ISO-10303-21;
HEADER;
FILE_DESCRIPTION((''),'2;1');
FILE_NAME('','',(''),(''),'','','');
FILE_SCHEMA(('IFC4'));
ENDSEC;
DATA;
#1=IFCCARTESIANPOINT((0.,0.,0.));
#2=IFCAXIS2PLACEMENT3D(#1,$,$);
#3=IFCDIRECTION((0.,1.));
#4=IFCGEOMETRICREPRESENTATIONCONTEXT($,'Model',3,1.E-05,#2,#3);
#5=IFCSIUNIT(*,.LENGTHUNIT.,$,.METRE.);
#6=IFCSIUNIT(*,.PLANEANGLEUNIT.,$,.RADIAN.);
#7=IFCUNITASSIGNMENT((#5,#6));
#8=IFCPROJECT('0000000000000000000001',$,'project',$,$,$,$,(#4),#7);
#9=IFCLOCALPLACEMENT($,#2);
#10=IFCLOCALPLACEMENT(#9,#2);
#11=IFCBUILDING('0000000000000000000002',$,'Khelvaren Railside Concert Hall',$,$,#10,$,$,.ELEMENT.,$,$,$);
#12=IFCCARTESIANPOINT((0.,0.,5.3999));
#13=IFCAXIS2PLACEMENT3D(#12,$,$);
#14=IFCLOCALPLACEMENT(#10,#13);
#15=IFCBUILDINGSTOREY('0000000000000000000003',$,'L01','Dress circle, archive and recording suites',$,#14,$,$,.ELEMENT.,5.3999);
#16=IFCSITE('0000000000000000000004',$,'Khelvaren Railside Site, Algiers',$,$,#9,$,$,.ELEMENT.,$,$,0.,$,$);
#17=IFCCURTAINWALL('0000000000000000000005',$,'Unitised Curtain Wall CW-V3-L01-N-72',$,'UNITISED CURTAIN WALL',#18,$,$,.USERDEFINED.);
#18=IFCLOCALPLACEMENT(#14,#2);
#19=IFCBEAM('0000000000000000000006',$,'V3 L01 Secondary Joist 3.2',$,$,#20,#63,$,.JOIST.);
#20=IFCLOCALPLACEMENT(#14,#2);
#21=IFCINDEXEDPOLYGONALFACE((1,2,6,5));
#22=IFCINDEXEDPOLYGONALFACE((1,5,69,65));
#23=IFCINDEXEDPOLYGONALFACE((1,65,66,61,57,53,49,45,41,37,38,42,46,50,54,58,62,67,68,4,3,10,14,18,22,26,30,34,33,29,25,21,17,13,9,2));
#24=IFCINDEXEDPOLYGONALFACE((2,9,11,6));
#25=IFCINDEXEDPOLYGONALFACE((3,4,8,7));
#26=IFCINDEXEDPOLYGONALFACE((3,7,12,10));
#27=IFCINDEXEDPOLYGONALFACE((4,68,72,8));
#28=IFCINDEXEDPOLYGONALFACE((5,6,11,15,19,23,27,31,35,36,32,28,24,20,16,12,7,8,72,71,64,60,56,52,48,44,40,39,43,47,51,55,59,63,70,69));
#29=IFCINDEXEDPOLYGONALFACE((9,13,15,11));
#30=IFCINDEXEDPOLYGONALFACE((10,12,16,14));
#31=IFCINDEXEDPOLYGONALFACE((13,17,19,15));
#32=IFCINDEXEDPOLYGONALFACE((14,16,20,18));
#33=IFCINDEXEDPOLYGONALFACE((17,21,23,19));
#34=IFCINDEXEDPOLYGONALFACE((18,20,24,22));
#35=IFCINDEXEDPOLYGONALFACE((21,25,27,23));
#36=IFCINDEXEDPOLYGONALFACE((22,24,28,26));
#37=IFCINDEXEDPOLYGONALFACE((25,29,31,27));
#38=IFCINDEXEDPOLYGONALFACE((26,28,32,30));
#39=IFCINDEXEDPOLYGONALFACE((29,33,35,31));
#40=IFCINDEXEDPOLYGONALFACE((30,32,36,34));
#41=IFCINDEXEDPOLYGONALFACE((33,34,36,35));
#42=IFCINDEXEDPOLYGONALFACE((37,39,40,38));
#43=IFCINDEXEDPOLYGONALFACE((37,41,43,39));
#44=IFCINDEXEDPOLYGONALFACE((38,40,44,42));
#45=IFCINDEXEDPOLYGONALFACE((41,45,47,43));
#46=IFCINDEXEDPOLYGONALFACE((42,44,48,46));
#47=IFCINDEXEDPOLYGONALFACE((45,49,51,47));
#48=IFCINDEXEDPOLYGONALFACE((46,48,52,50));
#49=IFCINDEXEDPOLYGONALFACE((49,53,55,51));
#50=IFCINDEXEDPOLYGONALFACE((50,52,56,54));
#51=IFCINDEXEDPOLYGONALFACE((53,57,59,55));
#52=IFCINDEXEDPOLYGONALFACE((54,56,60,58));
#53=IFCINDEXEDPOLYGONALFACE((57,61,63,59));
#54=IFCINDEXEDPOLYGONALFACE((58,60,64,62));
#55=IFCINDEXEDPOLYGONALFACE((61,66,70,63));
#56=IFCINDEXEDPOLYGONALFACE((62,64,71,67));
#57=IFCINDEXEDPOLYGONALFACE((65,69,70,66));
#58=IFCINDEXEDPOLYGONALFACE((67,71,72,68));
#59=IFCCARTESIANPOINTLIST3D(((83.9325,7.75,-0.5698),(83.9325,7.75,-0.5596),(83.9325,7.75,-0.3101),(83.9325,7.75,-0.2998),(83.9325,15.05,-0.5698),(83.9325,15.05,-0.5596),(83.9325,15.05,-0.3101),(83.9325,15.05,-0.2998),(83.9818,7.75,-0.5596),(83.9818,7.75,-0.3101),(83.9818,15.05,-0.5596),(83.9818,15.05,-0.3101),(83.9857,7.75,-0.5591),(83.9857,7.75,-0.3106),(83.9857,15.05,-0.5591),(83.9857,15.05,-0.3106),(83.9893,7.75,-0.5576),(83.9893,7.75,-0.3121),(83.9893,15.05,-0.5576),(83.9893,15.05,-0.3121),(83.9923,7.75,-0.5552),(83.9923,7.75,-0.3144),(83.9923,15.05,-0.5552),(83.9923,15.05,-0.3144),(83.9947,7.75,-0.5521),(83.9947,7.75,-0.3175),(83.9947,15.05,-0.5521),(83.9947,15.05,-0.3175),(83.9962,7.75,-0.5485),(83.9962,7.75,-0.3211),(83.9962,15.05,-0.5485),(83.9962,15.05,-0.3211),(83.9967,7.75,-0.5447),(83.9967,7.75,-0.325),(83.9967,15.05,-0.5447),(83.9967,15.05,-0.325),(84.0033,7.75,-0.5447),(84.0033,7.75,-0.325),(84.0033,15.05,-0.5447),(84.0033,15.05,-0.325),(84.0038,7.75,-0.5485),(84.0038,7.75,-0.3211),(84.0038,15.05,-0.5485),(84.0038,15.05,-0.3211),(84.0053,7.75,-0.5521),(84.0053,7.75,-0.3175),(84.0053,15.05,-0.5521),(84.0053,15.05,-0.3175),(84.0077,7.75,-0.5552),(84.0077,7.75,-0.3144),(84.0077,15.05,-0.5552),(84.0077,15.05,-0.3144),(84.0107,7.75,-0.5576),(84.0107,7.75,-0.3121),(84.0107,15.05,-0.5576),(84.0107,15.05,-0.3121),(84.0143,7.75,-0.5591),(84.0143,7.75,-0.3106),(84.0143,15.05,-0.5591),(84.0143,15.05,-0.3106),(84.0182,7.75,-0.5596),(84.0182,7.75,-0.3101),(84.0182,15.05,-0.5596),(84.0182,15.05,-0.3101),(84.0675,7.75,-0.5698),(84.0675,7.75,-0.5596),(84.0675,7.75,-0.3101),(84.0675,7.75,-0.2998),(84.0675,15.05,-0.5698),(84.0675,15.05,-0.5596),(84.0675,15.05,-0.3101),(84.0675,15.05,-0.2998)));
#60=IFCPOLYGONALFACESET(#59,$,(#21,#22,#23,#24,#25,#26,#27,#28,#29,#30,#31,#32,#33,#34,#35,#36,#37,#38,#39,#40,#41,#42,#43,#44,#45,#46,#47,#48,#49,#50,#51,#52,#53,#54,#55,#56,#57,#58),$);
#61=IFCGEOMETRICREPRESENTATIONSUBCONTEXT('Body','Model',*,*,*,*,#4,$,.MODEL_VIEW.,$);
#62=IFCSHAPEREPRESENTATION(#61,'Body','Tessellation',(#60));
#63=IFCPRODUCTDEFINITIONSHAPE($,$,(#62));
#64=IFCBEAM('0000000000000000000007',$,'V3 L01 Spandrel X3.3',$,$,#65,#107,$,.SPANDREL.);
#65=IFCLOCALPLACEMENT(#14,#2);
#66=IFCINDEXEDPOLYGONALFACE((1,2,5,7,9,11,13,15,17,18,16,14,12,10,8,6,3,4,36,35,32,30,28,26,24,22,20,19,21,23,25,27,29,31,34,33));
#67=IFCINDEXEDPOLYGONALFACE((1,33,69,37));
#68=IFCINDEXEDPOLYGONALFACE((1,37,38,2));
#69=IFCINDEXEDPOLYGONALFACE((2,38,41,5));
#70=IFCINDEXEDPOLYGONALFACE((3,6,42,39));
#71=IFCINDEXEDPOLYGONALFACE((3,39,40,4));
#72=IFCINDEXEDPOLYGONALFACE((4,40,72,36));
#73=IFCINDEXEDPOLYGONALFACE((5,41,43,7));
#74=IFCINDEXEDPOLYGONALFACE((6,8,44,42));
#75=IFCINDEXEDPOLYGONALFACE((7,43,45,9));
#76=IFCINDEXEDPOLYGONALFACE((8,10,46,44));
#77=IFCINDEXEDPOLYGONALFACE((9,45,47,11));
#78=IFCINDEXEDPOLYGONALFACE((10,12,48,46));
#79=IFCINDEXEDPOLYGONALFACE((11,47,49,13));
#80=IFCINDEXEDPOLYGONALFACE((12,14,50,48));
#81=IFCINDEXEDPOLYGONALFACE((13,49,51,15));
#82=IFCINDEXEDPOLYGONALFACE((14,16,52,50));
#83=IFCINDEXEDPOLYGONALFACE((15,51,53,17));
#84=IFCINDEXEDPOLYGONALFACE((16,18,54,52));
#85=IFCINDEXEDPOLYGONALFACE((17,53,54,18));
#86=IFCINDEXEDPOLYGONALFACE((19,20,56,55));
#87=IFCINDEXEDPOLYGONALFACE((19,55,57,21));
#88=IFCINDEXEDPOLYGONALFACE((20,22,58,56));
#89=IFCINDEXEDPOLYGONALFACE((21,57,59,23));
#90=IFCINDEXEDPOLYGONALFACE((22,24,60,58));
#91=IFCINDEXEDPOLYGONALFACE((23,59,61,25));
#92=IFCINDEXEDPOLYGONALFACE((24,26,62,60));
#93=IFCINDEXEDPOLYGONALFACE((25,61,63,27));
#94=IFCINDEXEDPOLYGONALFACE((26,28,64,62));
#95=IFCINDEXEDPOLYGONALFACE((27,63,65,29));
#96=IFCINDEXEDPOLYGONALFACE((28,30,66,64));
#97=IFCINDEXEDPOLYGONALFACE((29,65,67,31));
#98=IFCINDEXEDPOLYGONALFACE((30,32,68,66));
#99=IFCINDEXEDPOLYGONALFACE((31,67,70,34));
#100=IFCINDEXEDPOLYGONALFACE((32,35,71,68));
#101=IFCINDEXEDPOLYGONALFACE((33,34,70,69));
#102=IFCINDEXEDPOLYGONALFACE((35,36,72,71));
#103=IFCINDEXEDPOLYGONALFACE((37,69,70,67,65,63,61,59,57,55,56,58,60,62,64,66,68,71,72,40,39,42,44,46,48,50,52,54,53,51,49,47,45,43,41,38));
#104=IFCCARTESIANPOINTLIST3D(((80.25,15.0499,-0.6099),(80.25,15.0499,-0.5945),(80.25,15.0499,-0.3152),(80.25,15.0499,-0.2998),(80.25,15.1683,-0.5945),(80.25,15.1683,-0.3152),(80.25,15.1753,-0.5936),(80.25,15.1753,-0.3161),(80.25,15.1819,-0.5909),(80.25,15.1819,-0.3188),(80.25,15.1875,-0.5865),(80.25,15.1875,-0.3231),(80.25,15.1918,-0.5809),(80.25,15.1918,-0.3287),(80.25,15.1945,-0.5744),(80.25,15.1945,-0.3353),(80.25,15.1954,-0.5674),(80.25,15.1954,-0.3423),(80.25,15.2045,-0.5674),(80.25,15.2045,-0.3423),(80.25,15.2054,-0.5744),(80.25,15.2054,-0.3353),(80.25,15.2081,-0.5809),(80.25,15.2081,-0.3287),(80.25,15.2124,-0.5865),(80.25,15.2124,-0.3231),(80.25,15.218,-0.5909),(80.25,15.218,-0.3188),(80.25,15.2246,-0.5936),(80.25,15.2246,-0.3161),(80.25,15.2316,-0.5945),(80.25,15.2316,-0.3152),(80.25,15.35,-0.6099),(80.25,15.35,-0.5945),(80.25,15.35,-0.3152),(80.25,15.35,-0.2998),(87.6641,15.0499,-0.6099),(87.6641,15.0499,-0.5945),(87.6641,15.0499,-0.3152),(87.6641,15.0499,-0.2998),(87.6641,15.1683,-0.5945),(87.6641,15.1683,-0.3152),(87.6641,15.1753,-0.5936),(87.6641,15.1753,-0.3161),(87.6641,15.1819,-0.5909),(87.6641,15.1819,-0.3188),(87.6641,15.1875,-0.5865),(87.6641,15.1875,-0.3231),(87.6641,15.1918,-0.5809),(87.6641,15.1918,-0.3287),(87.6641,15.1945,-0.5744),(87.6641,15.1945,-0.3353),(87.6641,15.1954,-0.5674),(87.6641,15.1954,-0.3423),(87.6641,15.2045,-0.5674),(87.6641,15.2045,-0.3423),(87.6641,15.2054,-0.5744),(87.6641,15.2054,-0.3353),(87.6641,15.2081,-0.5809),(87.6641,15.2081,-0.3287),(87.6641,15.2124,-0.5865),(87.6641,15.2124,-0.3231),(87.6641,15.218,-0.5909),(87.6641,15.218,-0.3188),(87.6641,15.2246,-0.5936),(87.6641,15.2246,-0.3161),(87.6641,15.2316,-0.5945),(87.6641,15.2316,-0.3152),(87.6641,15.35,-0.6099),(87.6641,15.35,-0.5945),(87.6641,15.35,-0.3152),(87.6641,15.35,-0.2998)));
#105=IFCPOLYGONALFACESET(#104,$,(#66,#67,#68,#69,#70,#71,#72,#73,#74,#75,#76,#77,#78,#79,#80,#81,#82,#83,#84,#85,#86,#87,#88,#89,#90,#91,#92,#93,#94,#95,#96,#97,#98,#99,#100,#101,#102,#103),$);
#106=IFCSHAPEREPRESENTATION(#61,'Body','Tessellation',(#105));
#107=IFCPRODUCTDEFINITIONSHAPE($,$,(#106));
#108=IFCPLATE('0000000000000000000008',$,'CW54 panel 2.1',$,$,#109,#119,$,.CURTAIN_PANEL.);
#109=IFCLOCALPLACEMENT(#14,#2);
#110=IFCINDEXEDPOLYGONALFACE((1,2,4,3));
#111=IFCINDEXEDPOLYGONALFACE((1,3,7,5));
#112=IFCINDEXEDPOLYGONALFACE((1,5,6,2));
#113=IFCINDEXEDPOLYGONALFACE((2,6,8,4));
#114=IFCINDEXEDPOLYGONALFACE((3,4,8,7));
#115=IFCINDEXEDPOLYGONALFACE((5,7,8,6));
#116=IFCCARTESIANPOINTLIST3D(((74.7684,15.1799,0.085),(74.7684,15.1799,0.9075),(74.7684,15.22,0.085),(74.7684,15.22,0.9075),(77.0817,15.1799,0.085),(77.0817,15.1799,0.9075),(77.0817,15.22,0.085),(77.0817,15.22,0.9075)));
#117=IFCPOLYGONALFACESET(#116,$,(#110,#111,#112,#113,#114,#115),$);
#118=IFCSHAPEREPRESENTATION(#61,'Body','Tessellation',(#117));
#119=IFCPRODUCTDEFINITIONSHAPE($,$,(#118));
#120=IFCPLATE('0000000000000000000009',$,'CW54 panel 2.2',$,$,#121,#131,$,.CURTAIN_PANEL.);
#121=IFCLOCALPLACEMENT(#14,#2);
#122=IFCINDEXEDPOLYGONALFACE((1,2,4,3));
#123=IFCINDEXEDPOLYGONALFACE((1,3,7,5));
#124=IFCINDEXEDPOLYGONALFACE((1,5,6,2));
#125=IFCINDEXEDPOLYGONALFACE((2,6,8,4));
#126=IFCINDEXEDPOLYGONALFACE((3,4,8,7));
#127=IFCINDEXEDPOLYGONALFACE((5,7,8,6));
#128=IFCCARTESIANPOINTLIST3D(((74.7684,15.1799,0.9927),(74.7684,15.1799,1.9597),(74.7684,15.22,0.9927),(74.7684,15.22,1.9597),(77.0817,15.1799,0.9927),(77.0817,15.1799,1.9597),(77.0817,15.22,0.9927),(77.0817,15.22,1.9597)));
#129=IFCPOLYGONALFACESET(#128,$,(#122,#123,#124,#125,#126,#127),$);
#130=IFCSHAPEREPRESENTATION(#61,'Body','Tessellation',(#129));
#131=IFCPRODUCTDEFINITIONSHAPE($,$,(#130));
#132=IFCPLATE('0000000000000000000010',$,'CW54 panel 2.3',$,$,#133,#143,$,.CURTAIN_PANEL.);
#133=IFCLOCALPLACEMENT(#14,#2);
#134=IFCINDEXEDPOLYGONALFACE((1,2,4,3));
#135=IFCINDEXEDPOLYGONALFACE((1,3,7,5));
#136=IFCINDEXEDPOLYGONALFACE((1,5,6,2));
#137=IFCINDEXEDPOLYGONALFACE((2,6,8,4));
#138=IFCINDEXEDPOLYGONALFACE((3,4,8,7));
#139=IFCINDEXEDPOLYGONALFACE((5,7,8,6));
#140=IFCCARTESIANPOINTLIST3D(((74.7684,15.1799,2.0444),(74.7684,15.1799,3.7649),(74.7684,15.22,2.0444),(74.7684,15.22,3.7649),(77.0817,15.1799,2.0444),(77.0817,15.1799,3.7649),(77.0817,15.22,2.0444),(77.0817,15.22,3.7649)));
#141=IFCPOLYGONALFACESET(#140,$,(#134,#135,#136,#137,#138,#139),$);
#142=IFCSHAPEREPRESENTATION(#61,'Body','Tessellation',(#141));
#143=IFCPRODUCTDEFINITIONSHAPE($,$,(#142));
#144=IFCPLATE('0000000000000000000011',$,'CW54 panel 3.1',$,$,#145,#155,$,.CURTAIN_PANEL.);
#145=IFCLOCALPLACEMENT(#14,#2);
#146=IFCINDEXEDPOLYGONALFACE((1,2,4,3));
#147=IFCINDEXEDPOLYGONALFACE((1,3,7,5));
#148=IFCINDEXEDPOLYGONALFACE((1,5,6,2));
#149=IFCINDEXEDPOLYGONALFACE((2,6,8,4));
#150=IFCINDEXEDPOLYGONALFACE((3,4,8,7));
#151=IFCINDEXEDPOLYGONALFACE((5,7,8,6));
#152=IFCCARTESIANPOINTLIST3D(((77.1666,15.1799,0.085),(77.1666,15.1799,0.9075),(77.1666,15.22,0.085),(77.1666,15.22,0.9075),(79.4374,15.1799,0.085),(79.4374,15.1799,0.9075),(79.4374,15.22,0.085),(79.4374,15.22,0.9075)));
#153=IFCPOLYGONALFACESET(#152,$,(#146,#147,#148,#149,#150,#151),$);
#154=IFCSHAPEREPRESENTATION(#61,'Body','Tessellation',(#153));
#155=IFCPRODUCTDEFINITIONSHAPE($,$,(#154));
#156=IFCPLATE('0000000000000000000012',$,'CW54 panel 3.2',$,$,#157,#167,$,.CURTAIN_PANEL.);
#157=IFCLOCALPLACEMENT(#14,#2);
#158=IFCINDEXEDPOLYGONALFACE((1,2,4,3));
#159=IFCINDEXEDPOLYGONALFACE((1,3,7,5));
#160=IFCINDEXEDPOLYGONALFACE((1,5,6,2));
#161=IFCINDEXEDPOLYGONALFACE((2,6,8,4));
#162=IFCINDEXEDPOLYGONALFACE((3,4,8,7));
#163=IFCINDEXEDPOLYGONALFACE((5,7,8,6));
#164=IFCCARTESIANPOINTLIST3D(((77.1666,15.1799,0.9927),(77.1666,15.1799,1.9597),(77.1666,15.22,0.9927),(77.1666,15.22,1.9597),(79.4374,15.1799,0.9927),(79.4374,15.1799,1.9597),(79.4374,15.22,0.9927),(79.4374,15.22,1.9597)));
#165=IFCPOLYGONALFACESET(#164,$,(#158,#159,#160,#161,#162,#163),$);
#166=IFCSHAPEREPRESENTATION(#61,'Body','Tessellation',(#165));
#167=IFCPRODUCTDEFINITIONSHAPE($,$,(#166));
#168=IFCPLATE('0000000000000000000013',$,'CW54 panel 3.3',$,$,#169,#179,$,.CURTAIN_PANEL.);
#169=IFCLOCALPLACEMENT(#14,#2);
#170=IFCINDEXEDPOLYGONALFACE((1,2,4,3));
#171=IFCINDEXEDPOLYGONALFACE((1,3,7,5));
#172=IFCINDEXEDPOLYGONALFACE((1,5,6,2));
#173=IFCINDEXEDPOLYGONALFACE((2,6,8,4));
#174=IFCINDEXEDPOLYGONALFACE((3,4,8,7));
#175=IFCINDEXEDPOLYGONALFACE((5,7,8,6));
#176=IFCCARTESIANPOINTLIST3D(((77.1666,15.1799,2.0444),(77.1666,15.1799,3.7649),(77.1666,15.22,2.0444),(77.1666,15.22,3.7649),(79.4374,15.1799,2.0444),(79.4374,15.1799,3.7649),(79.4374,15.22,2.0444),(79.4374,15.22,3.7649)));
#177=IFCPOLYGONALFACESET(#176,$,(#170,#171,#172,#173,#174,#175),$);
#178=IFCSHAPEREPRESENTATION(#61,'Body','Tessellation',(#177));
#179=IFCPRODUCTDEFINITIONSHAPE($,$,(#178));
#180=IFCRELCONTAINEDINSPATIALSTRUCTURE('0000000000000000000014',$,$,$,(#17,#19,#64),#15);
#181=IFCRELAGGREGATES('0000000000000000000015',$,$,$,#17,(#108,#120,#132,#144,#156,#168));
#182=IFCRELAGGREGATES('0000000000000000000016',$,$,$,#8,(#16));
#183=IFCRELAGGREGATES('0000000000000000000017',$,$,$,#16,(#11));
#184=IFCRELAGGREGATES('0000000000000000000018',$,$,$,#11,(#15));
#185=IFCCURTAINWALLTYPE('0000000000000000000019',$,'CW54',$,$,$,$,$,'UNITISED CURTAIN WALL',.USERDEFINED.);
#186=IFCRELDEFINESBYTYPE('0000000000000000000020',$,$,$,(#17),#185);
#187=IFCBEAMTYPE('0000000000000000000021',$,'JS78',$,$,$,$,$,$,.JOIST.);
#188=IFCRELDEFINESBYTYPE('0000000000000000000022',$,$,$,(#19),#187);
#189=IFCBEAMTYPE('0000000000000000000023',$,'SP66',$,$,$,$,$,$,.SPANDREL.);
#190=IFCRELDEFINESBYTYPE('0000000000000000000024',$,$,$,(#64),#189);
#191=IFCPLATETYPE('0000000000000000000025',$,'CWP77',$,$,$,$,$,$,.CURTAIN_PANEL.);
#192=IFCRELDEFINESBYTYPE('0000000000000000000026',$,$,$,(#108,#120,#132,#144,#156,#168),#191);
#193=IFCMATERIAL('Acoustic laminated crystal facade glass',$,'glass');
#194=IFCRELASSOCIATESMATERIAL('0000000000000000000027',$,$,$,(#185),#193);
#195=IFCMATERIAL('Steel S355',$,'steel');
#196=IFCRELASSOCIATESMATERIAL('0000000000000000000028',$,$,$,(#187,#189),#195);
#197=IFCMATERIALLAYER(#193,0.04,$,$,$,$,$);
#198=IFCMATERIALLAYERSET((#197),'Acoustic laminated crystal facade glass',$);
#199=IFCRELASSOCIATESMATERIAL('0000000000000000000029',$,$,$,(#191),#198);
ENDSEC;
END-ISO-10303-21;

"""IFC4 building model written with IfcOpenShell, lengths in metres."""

from ifc_helpers import new_model, si_unit, direction, frame, origin, origin_2d, place, context, subcontext, project, spatial, rectangle, i_section, extrude, material, layer, layer_set, material_profile, profile_set, type_object, element, aggregate, save


model = new_model("IFC4")

# Units and contexts
model_context = context("Model", 3, precision=1e-05, world=origin(), true_north=direction((0.0, 1.0)))
body_context = subcontext(model_context, "Body", "Model", "MODEL_VIEW")
ifc_project = project(units=[si_unit("LENGTHUNIT", "METRE"), si_unit("PLANEANGLEUNIT", "RADIAN")], contexts=[model_context])

# Site, building, storey
site_placement = place(None, origin())
site = spatial("IfcSite", under=ifc_project, at=site_placement, Name="Khelvaren Railside Site, Algiers", CompositionType="ELEMENT", RefElevation=0.0)
building_placement = place(site_placement, origin())
building = spatial("IfcBuilding", under=site, at=building_placement, Name="Khelvaren Railside Concert Hall", CompositionType="ELEMENT")
storey_placement = place(building_placement, frame((0.0, 0.0, 5.3999)))
storey = spatial("IfcBuildingStorey", under=building, at=storey_placement, Name="L01", Description="Dress circle, archive and recording suites", CompositionType="ELEMENT", Elevation=5.3999)

# Shared definitions
ifc_material_1 = material(Name="Steel S355", Category="steel")

# Curtain wall
ifc_material_2 = material(Name="Acoustic laminated crystal facade glass", Category="glass")
curtain_wall_type = type_object("IfcCurtainWallType", Name="CW54", ElementType="UNITISED CURTAIN WALL", PredefinedType="USERDEFINED", material=ifc_material_2)
curtain_wall_placement = place(storey_placement, origin())
curtain_wall = element("IfcCurtainWall", 1, at=curtain_wall_placement, inside=storey, type_object=curtain_wall_type, Name="Unitised Curtain Wall CW-V3-L01-N-72", ObjectType="UNITISED CURTAIN WALL", PredefinedType="USERDEFINED")

# Beams
ifc_material_profile_1 = material_profile(ifc_material_1, i_section(OverallWidth=0.135, OverallDepth=0.27, WebThickness=0.0066, FlangeThickness=0.0103, FilletRadius=0.0149, at=origin_2d()), Name="IPE 270")
ifc_profile_set_1 = profile_set([ifc_material_profile_1], Name="Steel S355")
beam_type_1 = type_object("IfcBeamType", Name="JS78", PredefinedType="JOIST", material=ifc_profile_set_1)
beam_1_placement = place(storey_placement, frame((84.0, 7.75, -0.4348), z_axis=(0.0, 1.0, 0.0), x_axis=(-1.0, 0.0, 0.0)))
element("IfcBeam", 2, at=beam_1_placement, inside=storey, type_object=beam_type_1, Name="V3 L01 Secondary Joist 3.2", PredefinedType="JOIST", context=body_context, shape_type="SweptSolid", body=[
    extrude(i_section(OverallWidth=0.135, OverallDepth=0.27, WebThickness=0.0066, FlangeThickness=0.0103, FilletRadius=0.0149, at=origin_2d()), origin(), (0.0, 0.0, 1.0), 7.3),
])
ifc_material_profile_2 = material_profile(ifc_material_1, i_section(OverallWidth=0.3, OverallDepth=0.3101, WebThickness=0.009, FlangeThickness=0.0154, FilletRadius=0.0271, at=origin_2d()), Name="HEA 320")
ifc_profile_set_2 = profile_set([ifc_material_profile_2], Name="Steel S355")
beam_type_2 = type_object("IfcBeamType", Name="SP66", PredefinedType="SPANDREL", material=ifc_profile_set_2)
beam_2_placement = place(storey_placement, frame((80.25, 15.2, -0.4548), z_axis=(1.0, 0.0, 0.0), x_axis=(0.0, 1.0, 0.0)))
element("IfcBeam", 3, at=beam_2_placement, inside=storey, type_object=beam_type_2, Name="V3 L01 Spandrel X3.3", PredefinedType="SPANDREL", context=body_context, shape_type="SweptSolid", body=[
    extrude(i_section(OverallWidth=0.3, OverallDepth=0.3101, WebThickness=0.009, FlangeThickness=0.0154, FilletRadius=0.0271, at=origin_2d()), origin(), (0.0, 0.0, 1.0), 7.4141),
])

# Plates
ifc_layer_1 = layer(ifc_material_2, 0.04)
ifc_layer_set_1 = layer_set([ifc_layer_1], Name="Acoustic laminated crystal facade glass")
plate_type = type_object("IfcPlateType", Name="CWP77", PredefinedType="CURTAIN_PANEL", material=ifc_layer_set_1)
plate_1_placement = place(storey_placement, frame((75.925, 15.2, 0.085), z_axis=(0.0, 0.0, 1.0), x_axis=(1.0, 0.0, 0.0)))
plate_1 = element("IfcPlate", 4, at=plate_1_placement, type_object=plate_type, Name="CW54 panel 2.1", PredefinedType="CURTAIN_PANEL", context=body_context, shape_type="SweptSolid", body=[
    extrude(rectangle(XDim=2.3132, YDim=0.04, at=origin_2d()), origin(), (0.0, 0.0, 1.0), 0.8225),
])
plate_2_placement = place(storey_placement, frame((75.925, 15.2, 0.9927), z_axis=(0.0, 0.0, 1.0), x_axis=(1.0, 0.0, 0.0)))
plate_2 = element("IfcPlate", 5, at=plate_2_placement, type_object=plate_type, Name="CW54 panel 2.2", PredefinedType="CURTAIN_PANEL", context=body_context, shape_type="SweptSolid", body=[
    extrude(rectangle(XDim=2.3132, YDim=0.04, at=origin_2d()), origin(), (0.0, 0.0, 1.0), 0.967),
])
plate_3_placement = place(storey_placement, frame((75.925, 15.2, 2.0444), z_axis=(0.0, 0.0, 1.0), x_axis=(1.0, 0.0, 0.0)))
plate_3 = element("IfcPlate", 6, at=plate_3_placement, type_object=plate_type, Name="CW54 panel 2.3", PredefinedType="CURTAIN_PANEL", context=body_context, shape_type="SweptSolid", body=[
    extrude(rectangle(XDim=2.3132, YDim=0.04, at=origin_2d()), origin(), (0.0, 0.0, 1.0), 1.7205),
])
plate_4_placement = place(storey_placement, frame((78.302, 15.2, 0.085), z_axis=(0.0, 0.0, 1.0), x_axis=(1.0, 0.0, 0.0)))
plate_4 = element("IfcPlate", 7, at=plate_4_placement, type_object=plate_type, Name="CW54 panel 3.1", PredefinedType="CURTAIN_PANEL", context=body_context, shape_type="SweptSolid", body=[
    extrude(rectangle(XDim=2.2708, YDim=0.04, at=origin_2d()), origin(), (0.0, 0.0, 1.0), 0.8225),
])
plate_5_placement = place(storey_placement, frame((78.302, 15.2, 0.9927), z_axis=(0.0, 0.0, 1.0), x_axis=(1.0, 0.0, 0.0)))
plate_5 = element("IfcPlate", 8, at=plate_5_placement, type_object=plate_type, Name="CW54 panel 3.2", PredefinedType="CURTAIN_PANEL", context=body_context, shape_type="SweptSolid", body=[
    extrude(rectangle(XDim=2.2708, YDim=0.04, at=origin_2d()), origin(), (0.0, 0.0, 1.0), 0.967),
])
plate_6_placement = place(storey_placement, frame((78.302, 15.2, 2.0444), z_axis=(0.0, 0.0, 1.0), x_axis=(1.0, 0.0, 0.0)))
plate_6 = element("IfcPlate", 9, at=plate_6_placement, type_object=plate_type, Name="CW54 panel 3.3", PredefinedType="CURTAIN_PANEL", context=body_context, shape_type="SweptSolid", body=[
    extrude(rectangle(XDim=2.2708, YDim=0.04, at=origin_2d()), origin(), (0.0, 0.0, 1.0), 1.7205),
])
aggregate(curtain_wall, [plate_1, plate_2, plate_3, plate_4, plate_5, plate_6])

save(model, "model.ifc")
